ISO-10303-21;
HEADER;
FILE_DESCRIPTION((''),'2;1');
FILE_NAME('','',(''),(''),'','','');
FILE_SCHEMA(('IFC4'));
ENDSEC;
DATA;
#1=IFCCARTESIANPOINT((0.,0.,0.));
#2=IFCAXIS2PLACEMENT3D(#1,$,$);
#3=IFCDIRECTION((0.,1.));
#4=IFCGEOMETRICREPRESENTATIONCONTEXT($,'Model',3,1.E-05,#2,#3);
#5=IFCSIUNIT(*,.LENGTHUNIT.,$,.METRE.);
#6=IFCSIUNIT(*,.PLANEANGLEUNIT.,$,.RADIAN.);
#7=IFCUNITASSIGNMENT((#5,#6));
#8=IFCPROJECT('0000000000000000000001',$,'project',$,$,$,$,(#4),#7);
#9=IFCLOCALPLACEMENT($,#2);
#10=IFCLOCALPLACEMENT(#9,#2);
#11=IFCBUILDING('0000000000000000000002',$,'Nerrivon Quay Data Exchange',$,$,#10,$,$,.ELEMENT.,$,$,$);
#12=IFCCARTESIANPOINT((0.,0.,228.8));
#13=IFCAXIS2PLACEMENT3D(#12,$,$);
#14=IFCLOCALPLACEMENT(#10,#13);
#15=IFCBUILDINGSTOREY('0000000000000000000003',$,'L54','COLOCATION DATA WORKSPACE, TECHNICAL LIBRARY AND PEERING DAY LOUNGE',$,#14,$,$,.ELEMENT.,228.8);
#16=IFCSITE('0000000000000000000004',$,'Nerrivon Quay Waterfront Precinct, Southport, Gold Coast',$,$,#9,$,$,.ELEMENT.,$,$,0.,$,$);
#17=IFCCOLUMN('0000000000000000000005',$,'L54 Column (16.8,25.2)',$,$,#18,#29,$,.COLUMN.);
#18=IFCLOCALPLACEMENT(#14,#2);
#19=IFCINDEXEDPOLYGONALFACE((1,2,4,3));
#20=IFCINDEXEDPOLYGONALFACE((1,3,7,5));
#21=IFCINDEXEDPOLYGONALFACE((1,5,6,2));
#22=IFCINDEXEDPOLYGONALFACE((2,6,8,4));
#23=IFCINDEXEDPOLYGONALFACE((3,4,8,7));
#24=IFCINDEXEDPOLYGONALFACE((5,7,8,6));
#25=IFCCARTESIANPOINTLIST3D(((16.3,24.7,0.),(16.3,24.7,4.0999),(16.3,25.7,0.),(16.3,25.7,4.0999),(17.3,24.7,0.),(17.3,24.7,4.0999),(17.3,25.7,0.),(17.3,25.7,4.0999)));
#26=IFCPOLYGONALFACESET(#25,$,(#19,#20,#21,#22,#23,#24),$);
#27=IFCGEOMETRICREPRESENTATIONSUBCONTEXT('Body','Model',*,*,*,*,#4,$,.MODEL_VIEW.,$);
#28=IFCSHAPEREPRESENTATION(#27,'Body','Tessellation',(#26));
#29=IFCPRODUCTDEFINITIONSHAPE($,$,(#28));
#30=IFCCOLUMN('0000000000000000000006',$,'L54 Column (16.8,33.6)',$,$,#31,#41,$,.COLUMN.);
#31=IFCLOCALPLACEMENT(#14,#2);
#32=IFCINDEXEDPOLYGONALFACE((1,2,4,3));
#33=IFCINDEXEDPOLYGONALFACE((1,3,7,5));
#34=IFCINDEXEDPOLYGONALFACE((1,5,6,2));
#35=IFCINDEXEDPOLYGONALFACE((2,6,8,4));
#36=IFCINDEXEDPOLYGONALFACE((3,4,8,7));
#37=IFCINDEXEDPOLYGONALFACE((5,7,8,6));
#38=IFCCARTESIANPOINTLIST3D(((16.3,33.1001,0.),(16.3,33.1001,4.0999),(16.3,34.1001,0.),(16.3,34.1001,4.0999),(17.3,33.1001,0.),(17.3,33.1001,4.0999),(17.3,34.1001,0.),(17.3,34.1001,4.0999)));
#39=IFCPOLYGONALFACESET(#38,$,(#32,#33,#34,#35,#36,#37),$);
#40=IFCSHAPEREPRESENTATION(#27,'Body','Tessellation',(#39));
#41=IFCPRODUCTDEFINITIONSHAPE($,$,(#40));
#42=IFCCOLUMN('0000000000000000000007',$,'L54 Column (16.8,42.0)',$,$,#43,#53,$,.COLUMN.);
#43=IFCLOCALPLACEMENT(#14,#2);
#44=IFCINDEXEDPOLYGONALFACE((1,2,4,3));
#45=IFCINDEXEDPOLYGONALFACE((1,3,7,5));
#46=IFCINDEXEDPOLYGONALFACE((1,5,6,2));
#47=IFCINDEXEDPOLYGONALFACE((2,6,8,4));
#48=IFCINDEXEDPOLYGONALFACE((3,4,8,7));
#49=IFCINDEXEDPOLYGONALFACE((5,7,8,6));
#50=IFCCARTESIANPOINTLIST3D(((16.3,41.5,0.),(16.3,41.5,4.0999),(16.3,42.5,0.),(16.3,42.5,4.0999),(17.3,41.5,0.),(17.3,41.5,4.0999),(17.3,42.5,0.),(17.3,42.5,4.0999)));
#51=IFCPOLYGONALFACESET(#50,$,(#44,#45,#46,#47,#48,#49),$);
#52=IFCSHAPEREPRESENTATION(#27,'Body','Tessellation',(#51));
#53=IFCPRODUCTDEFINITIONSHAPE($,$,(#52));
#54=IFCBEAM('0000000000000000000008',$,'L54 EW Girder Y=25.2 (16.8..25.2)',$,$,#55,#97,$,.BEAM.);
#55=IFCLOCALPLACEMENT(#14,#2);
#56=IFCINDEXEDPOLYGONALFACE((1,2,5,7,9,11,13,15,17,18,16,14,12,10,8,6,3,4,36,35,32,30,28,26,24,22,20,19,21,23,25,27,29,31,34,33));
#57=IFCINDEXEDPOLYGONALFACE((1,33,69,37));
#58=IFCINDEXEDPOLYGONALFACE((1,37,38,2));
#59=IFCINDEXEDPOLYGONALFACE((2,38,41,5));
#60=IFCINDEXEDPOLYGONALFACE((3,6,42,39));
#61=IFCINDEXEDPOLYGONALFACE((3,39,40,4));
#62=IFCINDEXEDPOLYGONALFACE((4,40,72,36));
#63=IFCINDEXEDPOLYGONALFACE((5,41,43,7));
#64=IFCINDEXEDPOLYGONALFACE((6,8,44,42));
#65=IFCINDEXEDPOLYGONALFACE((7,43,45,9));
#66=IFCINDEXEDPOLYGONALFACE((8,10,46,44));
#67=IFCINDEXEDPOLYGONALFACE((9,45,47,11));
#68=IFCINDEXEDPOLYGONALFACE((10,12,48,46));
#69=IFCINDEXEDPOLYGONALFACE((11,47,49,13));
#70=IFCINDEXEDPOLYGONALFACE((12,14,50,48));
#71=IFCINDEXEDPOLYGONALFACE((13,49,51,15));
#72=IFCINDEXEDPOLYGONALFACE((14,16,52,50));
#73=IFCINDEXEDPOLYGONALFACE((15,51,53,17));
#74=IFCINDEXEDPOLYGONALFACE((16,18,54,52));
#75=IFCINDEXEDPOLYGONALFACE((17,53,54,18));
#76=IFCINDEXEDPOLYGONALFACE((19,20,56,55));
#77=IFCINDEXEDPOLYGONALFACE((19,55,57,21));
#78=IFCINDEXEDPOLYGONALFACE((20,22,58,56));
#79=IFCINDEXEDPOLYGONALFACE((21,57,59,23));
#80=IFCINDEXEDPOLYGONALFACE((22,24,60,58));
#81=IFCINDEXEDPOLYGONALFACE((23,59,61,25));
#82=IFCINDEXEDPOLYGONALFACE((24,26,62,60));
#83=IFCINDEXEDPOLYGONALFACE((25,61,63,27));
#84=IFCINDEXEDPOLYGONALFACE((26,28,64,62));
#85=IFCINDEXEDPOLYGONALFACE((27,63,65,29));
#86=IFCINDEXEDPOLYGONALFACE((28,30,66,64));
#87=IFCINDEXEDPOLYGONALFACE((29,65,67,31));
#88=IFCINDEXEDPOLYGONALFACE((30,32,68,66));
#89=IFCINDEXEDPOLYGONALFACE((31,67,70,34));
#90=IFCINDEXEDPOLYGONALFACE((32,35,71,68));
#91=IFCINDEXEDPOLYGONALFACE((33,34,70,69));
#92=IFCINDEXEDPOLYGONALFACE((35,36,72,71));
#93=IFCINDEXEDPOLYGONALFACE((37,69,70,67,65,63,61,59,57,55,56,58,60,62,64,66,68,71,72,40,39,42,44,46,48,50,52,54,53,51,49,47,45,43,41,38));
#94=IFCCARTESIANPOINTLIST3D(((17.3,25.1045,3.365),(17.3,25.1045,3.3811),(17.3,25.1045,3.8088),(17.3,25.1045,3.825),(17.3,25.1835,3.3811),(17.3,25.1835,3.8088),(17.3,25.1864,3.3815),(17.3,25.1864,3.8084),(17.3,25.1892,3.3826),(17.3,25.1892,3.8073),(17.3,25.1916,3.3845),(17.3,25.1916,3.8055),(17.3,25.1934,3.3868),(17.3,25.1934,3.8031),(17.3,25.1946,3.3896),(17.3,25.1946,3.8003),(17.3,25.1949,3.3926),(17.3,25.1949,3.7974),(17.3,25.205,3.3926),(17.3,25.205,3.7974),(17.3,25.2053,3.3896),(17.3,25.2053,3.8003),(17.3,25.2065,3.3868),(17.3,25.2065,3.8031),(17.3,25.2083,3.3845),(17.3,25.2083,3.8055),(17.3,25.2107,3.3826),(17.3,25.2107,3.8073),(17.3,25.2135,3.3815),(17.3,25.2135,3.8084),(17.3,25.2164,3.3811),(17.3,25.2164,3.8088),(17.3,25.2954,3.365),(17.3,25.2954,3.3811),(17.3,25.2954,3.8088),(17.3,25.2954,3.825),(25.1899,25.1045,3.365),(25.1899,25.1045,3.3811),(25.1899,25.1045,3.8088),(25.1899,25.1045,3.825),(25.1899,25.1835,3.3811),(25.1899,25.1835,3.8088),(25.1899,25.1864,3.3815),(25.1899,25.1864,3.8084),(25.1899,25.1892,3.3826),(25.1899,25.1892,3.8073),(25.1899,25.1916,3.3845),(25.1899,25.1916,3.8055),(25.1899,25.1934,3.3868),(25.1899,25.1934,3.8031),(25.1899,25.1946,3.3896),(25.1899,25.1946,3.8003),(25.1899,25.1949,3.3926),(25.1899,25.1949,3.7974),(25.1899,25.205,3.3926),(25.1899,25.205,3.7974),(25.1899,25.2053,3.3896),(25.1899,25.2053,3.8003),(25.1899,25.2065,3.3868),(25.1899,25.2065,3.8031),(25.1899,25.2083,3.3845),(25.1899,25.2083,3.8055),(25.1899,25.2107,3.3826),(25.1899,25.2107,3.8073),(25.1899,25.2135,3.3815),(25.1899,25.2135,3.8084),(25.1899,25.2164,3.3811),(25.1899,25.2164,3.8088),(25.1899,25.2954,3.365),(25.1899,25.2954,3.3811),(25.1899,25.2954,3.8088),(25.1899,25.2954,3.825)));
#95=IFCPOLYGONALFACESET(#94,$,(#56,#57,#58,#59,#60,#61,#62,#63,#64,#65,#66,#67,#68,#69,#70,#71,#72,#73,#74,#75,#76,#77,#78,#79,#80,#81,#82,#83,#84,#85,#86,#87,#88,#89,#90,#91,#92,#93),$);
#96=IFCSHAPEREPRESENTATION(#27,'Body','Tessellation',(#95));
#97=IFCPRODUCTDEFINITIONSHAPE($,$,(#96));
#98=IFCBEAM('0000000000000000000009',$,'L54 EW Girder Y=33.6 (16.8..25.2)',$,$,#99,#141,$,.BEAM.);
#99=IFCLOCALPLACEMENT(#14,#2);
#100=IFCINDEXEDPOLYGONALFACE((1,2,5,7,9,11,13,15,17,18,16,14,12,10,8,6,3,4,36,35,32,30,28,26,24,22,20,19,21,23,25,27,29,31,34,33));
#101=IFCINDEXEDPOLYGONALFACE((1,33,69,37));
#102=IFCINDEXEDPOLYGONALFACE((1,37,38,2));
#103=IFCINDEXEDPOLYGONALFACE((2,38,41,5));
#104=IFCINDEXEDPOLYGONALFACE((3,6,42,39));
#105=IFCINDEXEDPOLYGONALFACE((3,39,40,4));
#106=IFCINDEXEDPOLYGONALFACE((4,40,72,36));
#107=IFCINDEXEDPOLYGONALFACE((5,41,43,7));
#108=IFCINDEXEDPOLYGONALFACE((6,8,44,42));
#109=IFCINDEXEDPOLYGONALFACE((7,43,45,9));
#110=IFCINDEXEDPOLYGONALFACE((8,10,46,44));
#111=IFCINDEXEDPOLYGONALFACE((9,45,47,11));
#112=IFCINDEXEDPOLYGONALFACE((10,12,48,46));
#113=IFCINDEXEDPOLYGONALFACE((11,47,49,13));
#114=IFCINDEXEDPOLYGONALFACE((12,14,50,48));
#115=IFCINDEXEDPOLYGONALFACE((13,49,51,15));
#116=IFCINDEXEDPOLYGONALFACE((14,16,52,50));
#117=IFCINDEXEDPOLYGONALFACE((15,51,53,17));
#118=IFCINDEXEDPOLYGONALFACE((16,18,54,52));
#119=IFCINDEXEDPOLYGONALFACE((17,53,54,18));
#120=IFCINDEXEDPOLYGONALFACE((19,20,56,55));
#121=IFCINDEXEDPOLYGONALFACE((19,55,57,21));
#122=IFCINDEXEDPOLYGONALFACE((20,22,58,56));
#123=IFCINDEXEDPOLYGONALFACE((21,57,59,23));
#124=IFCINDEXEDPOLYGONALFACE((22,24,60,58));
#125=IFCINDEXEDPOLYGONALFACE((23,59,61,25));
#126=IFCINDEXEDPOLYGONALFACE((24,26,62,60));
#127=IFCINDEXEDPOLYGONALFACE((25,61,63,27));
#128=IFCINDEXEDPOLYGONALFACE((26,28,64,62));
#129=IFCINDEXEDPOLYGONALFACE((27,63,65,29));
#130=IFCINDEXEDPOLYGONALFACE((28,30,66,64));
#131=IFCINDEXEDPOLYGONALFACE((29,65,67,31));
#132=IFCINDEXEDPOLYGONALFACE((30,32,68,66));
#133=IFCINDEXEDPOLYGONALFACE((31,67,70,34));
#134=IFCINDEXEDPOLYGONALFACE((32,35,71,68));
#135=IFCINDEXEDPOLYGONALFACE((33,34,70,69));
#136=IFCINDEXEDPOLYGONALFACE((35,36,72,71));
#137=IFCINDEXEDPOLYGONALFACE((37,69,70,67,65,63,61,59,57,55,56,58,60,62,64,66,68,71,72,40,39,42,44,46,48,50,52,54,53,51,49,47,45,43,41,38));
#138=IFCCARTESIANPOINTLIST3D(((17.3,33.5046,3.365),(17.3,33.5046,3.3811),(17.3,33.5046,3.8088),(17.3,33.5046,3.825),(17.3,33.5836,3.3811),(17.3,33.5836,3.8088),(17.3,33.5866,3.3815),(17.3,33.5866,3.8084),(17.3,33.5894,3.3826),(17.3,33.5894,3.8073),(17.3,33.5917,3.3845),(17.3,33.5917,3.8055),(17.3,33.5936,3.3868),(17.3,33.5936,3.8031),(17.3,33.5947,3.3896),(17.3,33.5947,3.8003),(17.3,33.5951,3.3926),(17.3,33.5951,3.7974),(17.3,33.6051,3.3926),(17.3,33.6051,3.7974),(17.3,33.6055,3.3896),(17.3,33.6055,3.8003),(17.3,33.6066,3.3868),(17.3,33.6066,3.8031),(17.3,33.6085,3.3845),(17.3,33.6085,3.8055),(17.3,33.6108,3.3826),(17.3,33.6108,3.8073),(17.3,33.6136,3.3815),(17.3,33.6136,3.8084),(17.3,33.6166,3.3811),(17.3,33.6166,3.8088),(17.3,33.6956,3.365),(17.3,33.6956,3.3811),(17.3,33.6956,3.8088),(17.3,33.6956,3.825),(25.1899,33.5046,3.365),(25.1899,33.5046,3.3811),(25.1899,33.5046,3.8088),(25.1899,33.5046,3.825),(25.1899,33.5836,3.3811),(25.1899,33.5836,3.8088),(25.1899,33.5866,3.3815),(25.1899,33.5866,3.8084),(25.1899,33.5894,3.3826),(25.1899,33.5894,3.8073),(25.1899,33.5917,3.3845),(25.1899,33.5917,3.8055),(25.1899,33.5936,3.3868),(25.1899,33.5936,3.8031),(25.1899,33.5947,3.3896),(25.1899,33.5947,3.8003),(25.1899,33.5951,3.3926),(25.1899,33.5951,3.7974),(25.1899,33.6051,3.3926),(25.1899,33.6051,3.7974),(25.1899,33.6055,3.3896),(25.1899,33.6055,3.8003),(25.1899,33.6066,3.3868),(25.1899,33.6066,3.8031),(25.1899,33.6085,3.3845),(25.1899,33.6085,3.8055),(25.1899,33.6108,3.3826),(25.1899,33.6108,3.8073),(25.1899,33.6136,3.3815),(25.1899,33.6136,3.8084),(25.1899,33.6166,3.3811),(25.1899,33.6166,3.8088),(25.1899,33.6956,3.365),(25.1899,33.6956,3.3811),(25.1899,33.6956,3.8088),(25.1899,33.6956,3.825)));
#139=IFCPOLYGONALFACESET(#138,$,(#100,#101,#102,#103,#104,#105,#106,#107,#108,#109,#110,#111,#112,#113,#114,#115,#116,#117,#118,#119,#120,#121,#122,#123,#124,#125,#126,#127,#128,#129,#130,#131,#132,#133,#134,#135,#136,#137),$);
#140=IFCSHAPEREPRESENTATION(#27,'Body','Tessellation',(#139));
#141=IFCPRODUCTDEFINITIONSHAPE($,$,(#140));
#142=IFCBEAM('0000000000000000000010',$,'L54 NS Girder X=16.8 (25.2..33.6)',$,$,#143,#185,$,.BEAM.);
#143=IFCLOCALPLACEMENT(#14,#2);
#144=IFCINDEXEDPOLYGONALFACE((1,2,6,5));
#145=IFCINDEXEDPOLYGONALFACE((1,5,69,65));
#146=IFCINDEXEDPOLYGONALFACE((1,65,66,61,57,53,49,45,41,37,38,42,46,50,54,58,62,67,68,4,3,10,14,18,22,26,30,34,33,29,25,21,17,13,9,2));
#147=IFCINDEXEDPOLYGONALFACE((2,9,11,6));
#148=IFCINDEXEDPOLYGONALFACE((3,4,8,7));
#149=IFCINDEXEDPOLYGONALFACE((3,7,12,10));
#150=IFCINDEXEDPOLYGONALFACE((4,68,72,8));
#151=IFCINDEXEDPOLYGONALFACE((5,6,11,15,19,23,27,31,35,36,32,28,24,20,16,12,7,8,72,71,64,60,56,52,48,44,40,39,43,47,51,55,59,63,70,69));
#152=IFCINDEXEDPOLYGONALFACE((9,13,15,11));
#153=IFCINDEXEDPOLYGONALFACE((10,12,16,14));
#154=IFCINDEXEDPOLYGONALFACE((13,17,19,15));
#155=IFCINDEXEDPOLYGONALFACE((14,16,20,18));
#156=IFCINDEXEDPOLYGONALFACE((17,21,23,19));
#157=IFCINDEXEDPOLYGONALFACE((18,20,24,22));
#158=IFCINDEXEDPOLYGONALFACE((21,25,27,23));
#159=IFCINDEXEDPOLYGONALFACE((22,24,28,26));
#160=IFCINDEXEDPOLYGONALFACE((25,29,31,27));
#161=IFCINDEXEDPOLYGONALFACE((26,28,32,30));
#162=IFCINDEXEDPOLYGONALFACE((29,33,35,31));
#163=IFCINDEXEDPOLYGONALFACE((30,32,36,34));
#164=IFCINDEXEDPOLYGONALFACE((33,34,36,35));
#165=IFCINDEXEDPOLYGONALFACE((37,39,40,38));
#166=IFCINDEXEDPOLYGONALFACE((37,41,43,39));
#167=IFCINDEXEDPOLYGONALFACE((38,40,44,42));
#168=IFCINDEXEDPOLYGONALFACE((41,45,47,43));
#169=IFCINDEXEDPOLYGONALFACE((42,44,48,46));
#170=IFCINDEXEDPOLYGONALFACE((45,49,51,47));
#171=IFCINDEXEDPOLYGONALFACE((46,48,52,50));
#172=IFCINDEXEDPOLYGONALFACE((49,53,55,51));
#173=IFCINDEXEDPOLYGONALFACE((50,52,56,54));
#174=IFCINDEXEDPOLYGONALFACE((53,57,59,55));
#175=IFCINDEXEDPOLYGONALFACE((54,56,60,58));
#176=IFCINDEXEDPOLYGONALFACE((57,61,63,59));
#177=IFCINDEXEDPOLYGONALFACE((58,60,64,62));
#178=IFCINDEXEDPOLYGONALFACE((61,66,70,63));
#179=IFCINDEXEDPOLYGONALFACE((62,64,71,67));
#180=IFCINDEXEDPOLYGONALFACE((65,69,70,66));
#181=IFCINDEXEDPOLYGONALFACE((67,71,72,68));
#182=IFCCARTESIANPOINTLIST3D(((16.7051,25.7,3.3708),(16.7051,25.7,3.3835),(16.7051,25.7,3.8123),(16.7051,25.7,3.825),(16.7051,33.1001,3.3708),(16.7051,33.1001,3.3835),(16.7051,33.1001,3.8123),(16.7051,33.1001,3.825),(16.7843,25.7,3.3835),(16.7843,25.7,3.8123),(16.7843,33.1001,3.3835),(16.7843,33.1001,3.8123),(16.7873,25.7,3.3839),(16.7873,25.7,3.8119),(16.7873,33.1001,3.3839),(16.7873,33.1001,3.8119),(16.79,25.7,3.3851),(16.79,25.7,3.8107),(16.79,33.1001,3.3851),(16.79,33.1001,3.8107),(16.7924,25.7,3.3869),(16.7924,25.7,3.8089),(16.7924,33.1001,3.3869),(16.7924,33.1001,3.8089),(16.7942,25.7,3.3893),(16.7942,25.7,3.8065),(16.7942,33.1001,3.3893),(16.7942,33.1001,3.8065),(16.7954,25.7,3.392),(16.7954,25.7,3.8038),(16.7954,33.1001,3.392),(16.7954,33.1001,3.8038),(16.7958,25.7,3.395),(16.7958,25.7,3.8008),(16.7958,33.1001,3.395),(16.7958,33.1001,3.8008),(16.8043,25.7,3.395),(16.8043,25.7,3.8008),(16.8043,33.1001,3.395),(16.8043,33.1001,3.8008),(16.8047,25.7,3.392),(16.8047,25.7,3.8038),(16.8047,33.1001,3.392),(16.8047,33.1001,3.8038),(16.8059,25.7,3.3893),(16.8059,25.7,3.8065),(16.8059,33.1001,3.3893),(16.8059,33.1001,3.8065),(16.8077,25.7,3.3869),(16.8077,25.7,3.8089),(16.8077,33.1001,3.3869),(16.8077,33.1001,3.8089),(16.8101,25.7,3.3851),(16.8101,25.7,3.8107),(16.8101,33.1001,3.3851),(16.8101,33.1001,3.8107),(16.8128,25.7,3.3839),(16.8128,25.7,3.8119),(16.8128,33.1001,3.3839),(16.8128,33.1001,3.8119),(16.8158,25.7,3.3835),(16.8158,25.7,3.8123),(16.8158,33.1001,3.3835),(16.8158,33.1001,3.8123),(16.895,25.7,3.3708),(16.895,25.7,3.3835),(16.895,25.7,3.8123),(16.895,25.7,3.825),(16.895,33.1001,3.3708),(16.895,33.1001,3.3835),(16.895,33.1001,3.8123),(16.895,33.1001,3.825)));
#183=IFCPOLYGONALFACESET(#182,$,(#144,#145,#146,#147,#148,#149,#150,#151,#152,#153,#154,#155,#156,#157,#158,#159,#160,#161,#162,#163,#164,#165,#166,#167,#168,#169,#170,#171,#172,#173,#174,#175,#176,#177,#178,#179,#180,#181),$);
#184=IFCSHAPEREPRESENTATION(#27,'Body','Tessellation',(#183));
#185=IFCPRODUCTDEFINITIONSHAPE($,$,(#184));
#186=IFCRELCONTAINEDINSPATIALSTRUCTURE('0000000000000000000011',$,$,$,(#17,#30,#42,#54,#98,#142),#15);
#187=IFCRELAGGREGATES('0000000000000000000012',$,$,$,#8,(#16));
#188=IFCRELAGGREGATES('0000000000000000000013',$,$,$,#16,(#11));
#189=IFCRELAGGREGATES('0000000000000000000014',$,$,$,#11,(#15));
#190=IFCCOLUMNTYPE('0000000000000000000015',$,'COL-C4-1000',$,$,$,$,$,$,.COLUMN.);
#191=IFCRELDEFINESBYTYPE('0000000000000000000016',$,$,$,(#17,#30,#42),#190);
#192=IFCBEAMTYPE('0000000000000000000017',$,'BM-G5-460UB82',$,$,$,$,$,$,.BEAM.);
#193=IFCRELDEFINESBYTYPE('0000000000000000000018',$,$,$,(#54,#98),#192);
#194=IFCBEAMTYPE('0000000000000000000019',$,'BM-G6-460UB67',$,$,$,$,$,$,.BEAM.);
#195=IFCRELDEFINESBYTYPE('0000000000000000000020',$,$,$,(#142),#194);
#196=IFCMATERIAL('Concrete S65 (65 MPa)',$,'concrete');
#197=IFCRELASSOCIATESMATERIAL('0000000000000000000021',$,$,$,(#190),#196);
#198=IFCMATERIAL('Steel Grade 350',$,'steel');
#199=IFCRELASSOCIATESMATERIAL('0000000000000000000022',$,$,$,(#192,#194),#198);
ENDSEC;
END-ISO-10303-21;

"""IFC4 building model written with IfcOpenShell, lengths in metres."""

from ifc_helpers import new_model, si_unit, direction, frame, origin, origin_2d, place, context, subcontext, project, spatial, rectangle, i_section, extrude, material, material_profile, profile_set, type_object, element, save


model = new_model("IFC4")

# Units and contexts
model_context = context("Model", 3, precision=1e-05, world=origin(), true_north=direction((0.0, 1.0)))
body_context = subcontext(model_context, "Body", "Model", "MODEL_VIEW")
ifc_project = project(units=[si_unit("LENGTHUNIT", "METRE"), si_unit("PLANEANGLEUNIT", "RADIAN")], contexts=[model_context])

# Site, building, storey
site_placement = place(None, origin())
site = spatial("IfcSite", under=ifc_project, at=site_placement, Name="Nerrivon Quay Waterfront Precinct, Southport, Gold Coast", CompositionType="ELEMENT", RefElevation=0.0)
building_placement = place(site_placement, origin())
building = spatial("IfcBuilding", under=site, at=building_placement, Name="Nerrivon Quay Data Exchange", CompositionType="ELEMENT")
storey_placement = place(building_placement, frame((0.0, 0.0, 228.8)))
storey = spatial("IfcBuildingStorey", under=building, at=storey_placement, Name="L54", Description="COLOCATION DATA WORKSPACE, TECHNICAL LIBRARY AND PEERING DAY LOUNGE", CompositionType="ELEMENT", Elevation=228.8)

# Columns
ifc_material_1 = material(Name="Concrete S65 (65 MPa)", Category="concrete")
ifc_material_profile_1 = material_profile(ifc_material_1, rectangle(XDim=1.0, YDim=1.0, at=origin_2d()), Name="RC-COL-1000x1000")
ifc_profile_set_1 = profile_set([ifc_material_profile_1], Name="Concrete S65 (65 MPa)")
column_type = type_object("IfcColumnType", Name="COL-C4-1000", PredefinedType="COLUMN", material=ifc_profile_set_1)
for number, where, z_axis, x_axis, name in (
    (1, (16.8, 25.2, 0.0), (0.0, 0.0, 1.0), (1.0, 0.0, 0.0), "L54 Column (16.8,25.2)"),
    (2, (16.8, 33.6001, 0.0), (0.0, 0.0, 1.0), (1.0, 0.0, 0.0), "L54 Column (16.8,33.6)"),
    (3, (16.8, 42.0, 0.0), (0.0, 0.0, 1.0), (1.0, 0.0, 0.0), "L54 Column (16.8,42.0)"),
):
    element("IfcColumn", number, at=place(storey_placement, frame(where, z_axis=z_axis, x_axis=x_axis)), inside=storey, type_object=column_type, Name=name, PredefinedType="COLUMN", context=body_context, shape_type="SweptSolid", body=[
        extrude(rectangle(XDim=1.0, YDim=1.0, at=origin_2d()), origin(), (0.0, 0.0, 1.0), 4.0999),
    ])

# Beams
ifc_material_2 = material(Name="Steel Grade 350", Category="steel")
ifc_material_profile_2 = material_profile(ifc_material_2, i_section(OverallWidth=0.1909, OverallDepth=0.46, WebThickness=0.01, FlangeThickness=0.0161, FilletRadius=0.0115, at=origin_2d()), Name="460UB82.1")
ifc_profile_set_2 = profile_set([ifc_material_profile_2], Name="Steel Grade 350")
beam_type_1 = type_object("IfcBeamType", Name="BM-G5-460UB82", PredefinedType="BEAM", material=ifc_profile_set_2)
for number, where, z_axis, x_axis, name in (
    (4, (17.3, 25.2, 3.595), (1.0, 0.0, 0.0), (0.0, 1.0, 0.0), "L54 EW Girder Y=25.2 (16.8..25.2)"),
    (5, (17.3, 33.6001, 3.595), (1.0, 0.0, 0.0), (0.0, 1.0, 0.0), "L54 EW Girder Y=33.6 (16.8..25.2)"),
):
    element("IfcBeam", number, at=place(storey_placement, frame(where, z_axis=z_axis, x_axis=x_axis)), inside=storey, type_object=beam_type_1, Name=name, PredefinedType="BEAM", context=body_context, shape_type="SweptSolid", body=[
        extrude(i_section(OverallWidth=0.1909, OverallDepth=0.46, WebThickness=0.01, FlangeThickness=0.0161, FilletRadius=0.0115, at=origin_2d()), origin(), (0.0, 0.0, 1.0), 7.8899),
    ])
ifc_material_profile_3 = material_profile(ifc_material_2, i_section(OverallWidth=0.1899, OverallDepth=0.4541, WebThickness=0.0085, FlangeThickness=0.0127, FilletRadius=0.0115, at=origin_2d()), Name="460UB67.1")
ifc_profile_set_3 = profile_set([ifc_material_profile_3], Name="Steel Grade 350")
beam_type_2 = type_object("IfcBeamType", Name="BM-G6-460UB67", PredefinedType="BEAM", material=ifc_profile_set_3)
beam_1_placement = place(storey_placement, frame((16.8, 25.7, 3.5979), z_axis=(0.0, 1.0, 0.0), x_axis=(-1.0, 0.0, 0.0)))
element("IfcBeam", 6, at=beam_1_placement, inside=storey, type_object=beam_type_2, Name="L54 NS Girder X=16.8 (25.2..33.6)", PredefinedType="BEAM", context=body_context, shape_type="SweptSolid", body=[
    extrude(i_section(OverallWidth=0.1899, OverallDepth=0.4541, WebThickness=0.0085, FlangeThickness=0.0127, FilletRadius=0.0115, at=origin_2d()), origin(), (0.0, 0.0, 1.0), 7.4001),
])

save(model, "model.ifc")
